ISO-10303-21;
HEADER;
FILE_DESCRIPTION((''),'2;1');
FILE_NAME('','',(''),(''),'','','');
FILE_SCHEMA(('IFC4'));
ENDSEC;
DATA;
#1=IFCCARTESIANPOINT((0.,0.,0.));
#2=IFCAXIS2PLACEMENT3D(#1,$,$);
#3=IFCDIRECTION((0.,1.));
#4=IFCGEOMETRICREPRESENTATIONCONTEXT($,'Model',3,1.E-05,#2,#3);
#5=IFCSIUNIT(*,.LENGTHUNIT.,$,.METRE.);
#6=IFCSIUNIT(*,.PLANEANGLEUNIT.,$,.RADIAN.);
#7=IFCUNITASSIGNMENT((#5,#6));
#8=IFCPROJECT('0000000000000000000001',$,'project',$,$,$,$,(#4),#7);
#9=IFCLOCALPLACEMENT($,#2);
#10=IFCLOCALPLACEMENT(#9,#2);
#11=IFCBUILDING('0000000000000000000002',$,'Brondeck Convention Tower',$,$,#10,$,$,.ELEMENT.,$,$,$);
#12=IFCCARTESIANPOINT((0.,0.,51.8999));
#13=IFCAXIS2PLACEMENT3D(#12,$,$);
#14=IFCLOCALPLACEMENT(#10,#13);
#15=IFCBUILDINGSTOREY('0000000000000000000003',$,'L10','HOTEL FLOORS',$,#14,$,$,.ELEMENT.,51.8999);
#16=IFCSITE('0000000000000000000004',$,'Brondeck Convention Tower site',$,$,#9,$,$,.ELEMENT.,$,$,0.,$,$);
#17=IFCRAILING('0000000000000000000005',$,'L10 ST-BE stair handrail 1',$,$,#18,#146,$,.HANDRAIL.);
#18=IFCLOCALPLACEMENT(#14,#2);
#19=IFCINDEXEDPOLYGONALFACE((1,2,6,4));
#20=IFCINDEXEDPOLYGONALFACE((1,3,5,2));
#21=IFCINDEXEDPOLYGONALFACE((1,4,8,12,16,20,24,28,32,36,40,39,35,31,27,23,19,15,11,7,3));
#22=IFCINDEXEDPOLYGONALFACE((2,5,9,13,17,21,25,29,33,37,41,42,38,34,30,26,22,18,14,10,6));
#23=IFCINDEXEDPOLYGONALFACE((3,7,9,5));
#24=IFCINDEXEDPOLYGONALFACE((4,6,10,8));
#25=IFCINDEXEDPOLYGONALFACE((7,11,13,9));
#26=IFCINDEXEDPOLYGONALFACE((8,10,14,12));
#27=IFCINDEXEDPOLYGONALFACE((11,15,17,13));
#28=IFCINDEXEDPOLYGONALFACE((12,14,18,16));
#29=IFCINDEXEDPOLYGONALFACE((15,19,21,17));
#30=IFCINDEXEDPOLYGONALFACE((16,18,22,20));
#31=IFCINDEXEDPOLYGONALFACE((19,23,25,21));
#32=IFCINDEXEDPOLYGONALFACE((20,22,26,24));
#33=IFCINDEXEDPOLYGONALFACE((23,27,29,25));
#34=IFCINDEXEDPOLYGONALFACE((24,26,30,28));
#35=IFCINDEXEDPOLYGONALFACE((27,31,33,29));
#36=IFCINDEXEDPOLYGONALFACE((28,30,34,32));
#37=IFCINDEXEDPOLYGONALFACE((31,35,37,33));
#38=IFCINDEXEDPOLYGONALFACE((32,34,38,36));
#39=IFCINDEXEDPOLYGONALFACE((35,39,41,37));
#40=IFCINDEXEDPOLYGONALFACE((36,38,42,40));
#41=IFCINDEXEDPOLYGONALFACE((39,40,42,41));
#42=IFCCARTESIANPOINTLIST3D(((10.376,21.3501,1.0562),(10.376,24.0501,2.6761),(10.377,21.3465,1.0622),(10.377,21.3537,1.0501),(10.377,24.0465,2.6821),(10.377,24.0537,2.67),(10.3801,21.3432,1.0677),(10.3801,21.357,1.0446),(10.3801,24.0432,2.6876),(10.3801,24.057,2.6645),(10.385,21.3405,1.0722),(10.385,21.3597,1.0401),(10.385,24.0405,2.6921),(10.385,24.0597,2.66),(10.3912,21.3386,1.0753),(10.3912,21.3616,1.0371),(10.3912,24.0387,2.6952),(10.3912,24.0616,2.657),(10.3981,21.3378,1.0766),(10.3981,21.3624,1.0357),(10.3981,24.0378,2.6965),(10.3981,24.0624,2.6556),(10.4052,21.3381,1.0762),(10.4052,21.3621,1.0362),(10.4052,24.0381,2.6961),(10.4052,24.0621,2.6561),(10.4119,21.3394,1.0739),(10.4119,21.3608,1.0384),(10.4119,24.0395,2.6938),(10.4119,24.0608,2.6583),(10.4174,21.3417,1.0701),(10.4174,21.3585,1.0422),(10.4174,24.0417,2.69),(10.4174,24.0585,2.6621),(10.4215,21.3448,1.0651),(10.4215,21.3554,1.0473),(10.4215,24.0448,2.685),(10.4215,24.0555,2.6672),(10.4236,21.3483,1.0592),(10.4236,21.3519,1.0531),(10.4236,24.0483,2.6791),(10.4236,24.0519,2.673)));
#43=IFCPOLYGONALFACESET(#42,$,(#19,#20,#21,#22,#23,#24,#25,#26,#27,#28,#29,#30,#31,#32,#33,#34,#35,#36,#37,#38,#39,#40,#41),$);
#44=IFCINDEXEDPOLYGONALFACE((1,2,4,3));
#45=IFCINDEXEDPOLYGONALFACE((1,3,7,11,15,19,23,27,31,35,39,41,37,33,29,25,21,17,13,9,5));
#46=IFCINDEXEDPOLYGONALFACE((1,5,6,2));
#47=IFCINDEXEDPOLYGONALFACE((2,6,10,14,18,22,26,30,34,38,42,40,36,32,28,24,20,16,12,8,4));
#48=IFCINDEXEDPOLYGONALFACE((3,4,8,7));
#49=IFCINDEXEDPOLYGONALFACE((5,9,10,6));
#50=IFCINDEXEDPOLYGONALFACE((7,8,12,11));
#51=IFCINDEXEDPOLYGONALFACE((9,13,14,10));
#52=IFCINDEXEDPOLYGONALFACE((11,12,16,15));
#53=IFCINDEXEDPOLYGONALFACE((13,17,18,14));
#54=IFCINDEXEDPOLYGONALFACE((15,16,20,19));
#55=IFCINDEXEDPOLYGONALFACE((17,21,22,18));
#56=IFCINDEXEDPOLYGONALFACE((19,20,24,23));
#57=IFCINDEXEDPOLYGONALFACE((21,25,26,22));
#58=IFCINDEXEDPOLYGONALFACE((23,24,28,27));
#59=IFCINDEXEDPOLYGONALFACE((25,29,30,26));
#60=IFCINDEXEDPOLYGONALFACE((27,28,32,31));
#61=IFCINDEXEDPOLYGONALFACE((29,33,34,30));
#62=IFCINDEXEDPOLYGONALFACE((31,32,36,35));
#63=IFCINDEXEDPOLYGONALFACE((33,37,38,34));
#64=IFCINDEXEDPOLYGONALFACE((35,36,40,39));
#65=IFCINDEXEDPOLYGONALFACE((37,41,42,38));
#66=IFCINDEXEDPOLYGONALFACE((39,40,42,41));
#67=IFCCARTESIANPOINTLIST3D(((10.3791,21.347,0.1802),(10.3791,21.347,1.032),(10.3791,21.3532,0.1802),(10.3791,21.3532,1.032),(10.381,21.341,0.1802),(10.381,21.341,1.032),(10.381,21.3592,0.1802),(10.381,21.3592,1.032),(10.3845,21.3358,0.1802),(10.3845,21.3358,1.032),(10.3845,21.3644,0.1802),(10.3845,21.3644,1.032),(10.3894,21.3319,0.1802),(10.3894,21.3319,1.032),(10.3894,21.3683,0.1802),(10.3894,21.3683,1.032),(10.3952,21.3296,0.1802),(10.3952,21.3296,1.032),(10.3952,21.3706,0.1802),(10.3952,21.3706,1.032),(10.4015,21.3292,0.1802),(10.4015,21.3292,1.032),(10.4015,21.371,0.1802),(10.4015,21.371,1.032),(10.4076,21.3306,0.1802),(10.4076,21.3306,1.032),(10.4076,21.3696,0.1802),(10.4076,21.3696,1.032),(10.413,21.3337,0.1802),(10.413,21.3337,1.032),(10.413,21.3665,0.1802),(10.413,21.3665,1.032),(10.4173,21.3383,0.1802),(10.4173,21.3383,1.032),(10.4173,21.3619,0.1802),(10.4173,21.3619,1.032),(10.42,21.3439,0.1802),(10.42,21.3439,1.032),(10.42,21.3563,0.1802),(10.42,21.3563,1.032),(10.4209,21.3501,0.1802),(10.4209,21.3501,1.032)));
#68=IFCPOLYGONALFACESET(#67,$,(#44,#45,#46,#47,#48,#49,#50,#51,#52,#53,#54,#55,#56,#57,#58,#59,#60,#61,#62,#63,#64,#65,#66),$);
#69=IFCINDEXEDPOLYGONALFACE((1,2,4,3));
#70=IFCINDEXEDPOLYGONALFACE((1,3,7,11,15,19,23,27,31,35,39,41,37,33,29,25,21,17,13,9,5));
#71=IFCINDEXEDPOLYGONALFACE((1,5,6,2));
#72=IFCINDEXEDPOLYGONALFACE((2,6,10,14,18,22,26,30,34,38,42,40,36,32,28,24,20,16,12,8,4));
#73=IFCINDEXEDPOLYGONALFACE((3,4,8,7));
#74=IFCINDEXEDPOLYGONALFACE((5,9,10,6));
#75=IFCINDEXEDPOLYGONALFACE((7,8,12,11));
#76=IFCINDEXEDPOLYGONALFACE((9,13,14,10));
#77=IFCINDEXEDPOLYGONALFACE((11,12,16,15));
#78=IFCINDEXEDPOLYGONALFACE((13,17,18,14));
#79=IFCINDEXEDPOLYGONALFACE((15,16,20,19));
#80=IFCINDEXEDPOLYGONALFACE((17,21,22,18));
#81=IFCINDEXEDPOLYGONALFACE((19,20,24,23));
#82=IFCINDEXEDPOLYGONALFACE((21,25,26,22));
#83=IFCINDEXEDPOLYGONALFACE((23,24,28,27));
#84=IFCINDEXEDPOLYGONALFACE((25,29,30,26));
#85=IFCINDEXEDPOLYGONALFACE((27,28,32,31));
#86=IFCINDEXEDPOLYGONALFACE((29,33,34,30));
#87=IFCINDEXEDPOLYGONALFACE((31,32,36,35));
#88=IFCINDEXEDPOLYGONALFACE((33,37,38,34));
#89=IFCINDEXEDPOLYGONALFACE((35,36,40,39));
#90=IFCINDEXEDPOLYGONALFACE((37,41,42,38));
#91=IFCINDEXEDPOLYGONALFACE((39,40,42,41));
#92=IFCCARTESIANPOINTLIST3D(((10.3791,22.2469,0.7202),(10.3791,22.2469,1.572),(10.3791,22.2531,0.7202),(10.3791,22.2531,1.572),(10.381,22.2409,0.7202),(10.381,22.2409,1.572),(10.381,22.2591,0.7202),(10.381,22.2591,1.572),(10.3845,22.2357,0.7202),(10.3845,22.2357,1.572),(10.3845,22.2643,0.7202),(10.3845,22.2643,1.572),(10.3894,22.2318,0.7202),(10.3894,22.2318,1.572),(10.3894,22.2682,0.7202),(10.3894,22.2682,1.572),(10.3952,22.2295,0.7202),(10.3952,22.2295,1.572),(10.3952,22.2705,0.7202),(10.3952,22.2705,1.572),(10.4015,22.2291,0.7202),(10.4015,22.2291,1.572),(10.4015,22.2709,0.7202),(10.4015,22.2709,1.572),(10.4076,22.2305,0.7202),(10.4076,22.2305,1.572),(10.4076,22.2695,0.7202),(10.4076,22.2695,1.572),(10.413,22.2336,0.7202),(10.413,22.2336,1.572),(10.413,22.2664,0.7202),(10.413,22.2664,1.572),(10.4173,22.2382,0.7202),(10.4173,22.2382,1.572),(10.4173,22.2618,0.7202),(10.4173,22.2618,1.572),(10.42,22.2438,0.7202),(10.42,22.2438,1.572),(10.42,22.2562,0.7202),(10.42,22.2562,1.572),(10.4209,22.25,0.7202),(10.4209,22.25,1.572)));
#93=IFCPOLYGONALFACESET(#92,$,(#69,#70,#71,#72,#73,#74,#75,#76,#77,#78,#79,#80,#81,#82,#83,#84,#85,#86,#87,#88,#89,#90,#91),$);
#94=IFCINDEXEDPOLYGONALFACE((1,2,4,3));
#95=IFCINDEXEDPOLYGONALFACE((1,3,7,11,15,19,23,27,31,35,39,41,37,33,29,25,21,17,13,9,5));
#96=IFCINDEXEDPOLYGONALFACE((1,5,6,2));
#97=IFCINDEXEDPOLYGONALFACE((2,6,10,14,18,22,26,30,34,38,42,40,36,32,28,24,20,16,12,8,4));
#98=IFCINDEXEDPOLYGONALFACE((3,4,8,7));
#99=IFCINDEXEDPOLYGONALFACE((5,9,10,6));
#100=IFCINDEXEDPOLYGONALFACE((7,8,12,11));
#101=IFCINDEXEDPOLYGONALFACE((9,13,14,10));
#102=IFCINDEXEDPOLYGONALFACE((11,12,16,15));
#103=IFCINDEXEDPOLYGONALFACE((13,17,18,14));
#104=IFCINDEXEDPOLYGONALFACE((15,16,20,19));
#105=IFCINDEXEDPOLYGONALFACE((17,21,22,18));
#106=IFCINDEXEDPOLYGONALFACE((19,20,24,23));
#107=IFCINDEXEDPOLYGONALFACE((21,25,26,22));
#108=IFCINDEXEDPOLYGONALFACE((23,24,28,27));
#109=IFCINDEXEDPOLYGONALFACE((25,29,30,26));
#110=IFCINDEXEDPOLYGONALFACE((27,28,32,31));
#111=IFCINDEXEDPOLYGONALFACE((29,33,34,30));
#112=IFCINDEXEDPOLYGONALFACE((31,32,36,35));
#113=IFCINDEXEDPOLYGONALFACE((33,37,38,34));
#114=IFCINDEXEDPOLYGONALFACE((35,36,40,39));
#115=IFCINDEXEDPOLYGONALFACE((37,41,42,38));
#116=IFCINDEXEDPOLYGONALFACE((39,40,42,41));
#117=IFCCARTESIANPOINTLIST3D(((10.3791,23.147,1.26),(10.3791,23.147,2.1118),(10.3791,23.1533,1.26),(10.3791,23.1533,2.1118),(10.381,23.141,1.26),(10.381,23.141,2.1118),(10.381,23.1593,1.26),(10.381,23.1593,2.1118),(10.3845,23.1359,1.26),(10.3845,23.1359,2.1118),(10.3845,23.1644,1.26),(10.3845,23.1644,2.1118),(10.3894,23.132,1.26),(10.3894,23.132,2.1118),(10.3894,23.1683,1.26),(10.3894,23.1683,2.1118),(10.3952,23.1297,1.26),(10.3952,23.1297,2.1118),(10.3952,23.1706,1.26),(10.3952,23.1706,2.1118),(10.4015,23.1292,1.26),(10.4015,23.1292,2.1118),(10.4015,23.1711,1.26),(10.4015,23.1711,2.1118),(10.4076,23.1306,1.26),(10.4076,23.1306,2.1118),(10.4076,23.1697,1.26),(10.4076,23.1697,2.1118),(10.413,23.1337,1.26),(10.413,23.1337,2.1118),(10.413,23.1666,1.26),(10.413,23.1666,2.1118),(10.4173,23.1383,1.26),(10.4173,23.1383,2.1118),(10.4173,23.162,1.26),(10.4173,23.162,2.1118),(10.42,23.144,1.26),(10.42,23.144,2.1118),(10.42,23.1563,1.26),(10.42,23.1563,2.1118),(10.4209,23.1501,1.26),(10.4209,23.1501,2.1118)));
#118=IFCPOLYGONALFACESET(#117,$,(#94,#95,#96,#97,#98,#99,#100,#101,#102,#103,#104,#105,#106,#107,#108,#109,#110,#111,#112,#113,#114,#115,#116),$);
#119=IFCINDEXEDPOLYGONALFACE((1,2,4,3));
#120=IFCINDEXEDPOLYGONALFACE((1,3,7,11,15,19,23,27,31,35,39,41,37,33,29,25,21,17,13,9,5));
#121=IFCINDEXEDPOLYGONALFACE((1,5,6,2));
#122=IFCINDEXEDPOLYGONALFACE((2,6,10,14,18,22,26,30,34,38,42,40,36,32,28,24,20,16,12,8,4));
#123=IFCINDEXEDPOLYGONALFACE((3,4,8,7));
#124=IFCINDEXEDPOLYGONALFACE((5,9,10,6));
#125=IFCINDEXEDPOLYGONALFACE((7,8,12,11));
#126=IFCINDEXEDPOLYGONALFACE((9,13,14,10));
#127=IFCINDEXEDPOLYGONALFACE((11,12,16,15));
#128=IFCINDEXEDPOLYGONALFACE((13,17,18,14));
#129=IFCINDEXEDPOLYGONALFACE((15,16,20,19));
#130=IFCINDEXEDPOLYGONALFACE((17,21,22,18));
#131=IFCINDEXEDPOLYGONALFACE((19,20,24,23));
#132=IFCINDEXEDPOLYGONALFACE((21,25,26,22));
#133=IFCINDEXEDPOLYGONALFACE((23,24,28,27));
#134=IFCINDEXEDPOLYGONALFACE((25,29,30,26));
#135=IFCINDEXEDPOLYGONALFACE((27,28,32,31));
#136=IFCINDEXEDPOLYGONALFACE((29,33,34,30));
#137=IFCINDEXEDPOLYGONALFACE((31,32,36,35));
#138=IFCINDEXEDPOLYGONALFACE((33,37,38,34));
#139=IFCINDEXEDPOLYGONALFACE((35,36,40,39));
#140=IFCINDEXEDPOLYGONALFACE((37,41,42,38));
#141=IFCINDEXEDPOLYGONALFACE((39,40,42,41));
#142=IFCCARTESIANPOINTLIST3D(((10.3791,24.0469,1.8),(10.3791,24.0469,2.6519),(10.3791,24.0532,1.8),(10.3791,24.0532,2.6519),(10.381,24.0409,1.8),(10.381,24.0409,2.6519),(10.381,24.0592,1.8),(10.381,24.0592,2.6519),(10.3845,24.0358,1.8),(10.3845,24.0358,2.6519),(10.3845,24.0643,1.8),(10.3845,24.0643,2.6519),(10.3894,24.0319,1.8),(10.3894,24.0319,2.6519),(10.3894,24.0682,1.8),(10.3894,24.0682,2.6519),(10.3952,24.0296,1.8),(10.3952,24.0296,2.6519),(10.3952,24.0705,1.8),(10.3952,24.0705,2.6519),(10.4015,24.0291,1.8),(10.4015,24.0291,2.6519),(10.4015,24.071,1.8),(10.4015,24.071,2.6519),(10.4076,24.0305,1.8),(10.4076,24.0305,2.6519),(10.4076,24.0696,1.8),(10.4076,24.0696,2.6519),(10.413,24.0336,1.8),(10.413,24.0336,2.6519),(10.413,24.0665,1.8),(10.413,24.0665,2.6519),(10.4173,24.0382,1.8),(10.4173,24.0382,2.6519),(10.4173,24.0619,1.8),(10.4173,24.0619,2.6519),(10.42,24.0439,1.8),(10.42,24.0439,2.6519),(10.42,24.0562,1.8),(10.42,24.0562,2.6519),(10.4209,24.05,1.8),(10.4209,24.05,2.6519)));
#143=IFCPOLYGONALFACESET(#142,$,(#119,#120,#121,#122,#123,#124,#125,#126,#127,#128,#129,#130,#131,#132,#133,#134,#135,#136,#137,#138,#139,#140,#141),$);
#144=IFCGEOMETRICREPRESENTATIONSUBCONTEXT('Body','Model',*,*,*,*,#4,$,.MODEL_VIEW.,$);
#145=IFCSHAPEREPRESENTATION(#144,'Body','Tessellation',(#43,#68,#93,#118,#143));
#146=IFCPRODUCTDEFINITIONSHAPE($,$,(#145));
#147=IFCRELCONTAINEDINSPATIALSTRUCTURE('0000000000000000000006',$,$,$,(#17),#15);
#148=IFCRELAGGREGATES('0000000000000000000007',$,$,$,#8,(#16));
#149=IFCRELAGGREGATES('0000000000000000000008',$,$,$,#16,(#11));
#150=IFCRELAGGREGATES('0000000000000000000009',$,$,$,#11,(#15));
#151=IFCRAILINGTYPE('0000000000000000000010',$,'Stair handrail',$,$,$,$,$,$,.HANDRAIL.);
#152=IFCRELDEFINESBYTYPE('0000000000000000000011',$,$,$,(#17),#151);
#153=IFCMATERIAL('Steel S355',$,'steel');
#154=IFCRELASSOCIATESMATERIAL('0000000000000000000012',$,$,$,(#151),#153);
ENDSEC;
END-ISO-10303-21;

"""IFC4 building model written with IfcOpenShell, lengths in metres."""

from ifc_helpers import new_model, si_unit, direction, frame, origin, origin_2d, place, context, subcontext, project, spatial, circle, extrude, material, type_object, element, save


model = new_model("IFC4")

# Units and contexts
model_context = context("Model", 3, precision=1e-05, world=origin(), true_north=direction((0.0, 1.0)))
body_context = subcontext(model_context, "Body", "Model", "MODEL_VIEW")
ifc_project = project(units=[si_unit("LENGTHUNIT", "METRE"), si_unit("PLANEANGLEUNIT", "RADIAN")], contexts=[model_context])

# Site, building, storey
site_placement = place(None, origin())
site = spatial("IfcSite", under=ifc_project, at=site_placement, Name="Brondeck Convention Tower site", CompositionType="ELEMENT", RefElevation=0.0)
building_placement = place(site_placement, origin())
building = spatial("IfcBuilding", under=site, at=building_placement, Name="Brondeck Convention Tower", CompositionType="ELEMENT")
storey_placement = place(building_placement, frame((0.0, 0.0, 51.8999)))
storey = spatial("IfcBuildingStorey", under=building, at=storey_placement, Name="L10", Description="HOTEL FLOORS", CompositionType="ELEMENT", Elevation=51.8999)

# Shared definitions
ifc_material_1 = material(Name="Steel S355", Category="steel")

# Railing
railing_type_1 = type_object("IfcRailingType", Name="Stair handrail", PredefinedType="HANDRAIL", material=ifc_material_1)
railing_1_placement = place(storey_placement, frame((10.3999, 21.3501, 0.1802)))
element("IfcRailing", 1, at=railing_1_placement, inside=storey, type_object=railing_type_1, Name="L10 ST-BE stair handrail 1", PredefinedType="HANDRAIL", context=body_context, shape_type="SweptSolid", body=[
    extrude(circle(Radius=0.0239, at=origin_2d()), frame((0.0, 0.0, 0.876), z_axis=(0.0, 0.857507, 0.514473), x_axis=(-1.0, 0.0, 0.0)), (0.0, 0.0, 1.0), 3.1487),
    extrude(circle(Radius=0.021, at=origin_2d()), origin(), (0.0, 0.0, 1.0), 0.8518),
    extrude(circle(Radius=0.021, at=origin_2d()), frame((0.0, 0.8999, 0.54)), (0.0, 0.0, 1.0), 0.8518),
    extrude(circle(Radius=0.021, at=origin_2d()), frame((0.0, 1.8, 1.0798)), (0.0, 0.0, 1.0), 0.8518),
    extrude(circle(Radius=0.021, at=origin_2d()), frame((0.0, 2.7, 1.6199)), (0.0, 0.0, 1.0), 0.8518),
])

save(model, "model.ifc")
